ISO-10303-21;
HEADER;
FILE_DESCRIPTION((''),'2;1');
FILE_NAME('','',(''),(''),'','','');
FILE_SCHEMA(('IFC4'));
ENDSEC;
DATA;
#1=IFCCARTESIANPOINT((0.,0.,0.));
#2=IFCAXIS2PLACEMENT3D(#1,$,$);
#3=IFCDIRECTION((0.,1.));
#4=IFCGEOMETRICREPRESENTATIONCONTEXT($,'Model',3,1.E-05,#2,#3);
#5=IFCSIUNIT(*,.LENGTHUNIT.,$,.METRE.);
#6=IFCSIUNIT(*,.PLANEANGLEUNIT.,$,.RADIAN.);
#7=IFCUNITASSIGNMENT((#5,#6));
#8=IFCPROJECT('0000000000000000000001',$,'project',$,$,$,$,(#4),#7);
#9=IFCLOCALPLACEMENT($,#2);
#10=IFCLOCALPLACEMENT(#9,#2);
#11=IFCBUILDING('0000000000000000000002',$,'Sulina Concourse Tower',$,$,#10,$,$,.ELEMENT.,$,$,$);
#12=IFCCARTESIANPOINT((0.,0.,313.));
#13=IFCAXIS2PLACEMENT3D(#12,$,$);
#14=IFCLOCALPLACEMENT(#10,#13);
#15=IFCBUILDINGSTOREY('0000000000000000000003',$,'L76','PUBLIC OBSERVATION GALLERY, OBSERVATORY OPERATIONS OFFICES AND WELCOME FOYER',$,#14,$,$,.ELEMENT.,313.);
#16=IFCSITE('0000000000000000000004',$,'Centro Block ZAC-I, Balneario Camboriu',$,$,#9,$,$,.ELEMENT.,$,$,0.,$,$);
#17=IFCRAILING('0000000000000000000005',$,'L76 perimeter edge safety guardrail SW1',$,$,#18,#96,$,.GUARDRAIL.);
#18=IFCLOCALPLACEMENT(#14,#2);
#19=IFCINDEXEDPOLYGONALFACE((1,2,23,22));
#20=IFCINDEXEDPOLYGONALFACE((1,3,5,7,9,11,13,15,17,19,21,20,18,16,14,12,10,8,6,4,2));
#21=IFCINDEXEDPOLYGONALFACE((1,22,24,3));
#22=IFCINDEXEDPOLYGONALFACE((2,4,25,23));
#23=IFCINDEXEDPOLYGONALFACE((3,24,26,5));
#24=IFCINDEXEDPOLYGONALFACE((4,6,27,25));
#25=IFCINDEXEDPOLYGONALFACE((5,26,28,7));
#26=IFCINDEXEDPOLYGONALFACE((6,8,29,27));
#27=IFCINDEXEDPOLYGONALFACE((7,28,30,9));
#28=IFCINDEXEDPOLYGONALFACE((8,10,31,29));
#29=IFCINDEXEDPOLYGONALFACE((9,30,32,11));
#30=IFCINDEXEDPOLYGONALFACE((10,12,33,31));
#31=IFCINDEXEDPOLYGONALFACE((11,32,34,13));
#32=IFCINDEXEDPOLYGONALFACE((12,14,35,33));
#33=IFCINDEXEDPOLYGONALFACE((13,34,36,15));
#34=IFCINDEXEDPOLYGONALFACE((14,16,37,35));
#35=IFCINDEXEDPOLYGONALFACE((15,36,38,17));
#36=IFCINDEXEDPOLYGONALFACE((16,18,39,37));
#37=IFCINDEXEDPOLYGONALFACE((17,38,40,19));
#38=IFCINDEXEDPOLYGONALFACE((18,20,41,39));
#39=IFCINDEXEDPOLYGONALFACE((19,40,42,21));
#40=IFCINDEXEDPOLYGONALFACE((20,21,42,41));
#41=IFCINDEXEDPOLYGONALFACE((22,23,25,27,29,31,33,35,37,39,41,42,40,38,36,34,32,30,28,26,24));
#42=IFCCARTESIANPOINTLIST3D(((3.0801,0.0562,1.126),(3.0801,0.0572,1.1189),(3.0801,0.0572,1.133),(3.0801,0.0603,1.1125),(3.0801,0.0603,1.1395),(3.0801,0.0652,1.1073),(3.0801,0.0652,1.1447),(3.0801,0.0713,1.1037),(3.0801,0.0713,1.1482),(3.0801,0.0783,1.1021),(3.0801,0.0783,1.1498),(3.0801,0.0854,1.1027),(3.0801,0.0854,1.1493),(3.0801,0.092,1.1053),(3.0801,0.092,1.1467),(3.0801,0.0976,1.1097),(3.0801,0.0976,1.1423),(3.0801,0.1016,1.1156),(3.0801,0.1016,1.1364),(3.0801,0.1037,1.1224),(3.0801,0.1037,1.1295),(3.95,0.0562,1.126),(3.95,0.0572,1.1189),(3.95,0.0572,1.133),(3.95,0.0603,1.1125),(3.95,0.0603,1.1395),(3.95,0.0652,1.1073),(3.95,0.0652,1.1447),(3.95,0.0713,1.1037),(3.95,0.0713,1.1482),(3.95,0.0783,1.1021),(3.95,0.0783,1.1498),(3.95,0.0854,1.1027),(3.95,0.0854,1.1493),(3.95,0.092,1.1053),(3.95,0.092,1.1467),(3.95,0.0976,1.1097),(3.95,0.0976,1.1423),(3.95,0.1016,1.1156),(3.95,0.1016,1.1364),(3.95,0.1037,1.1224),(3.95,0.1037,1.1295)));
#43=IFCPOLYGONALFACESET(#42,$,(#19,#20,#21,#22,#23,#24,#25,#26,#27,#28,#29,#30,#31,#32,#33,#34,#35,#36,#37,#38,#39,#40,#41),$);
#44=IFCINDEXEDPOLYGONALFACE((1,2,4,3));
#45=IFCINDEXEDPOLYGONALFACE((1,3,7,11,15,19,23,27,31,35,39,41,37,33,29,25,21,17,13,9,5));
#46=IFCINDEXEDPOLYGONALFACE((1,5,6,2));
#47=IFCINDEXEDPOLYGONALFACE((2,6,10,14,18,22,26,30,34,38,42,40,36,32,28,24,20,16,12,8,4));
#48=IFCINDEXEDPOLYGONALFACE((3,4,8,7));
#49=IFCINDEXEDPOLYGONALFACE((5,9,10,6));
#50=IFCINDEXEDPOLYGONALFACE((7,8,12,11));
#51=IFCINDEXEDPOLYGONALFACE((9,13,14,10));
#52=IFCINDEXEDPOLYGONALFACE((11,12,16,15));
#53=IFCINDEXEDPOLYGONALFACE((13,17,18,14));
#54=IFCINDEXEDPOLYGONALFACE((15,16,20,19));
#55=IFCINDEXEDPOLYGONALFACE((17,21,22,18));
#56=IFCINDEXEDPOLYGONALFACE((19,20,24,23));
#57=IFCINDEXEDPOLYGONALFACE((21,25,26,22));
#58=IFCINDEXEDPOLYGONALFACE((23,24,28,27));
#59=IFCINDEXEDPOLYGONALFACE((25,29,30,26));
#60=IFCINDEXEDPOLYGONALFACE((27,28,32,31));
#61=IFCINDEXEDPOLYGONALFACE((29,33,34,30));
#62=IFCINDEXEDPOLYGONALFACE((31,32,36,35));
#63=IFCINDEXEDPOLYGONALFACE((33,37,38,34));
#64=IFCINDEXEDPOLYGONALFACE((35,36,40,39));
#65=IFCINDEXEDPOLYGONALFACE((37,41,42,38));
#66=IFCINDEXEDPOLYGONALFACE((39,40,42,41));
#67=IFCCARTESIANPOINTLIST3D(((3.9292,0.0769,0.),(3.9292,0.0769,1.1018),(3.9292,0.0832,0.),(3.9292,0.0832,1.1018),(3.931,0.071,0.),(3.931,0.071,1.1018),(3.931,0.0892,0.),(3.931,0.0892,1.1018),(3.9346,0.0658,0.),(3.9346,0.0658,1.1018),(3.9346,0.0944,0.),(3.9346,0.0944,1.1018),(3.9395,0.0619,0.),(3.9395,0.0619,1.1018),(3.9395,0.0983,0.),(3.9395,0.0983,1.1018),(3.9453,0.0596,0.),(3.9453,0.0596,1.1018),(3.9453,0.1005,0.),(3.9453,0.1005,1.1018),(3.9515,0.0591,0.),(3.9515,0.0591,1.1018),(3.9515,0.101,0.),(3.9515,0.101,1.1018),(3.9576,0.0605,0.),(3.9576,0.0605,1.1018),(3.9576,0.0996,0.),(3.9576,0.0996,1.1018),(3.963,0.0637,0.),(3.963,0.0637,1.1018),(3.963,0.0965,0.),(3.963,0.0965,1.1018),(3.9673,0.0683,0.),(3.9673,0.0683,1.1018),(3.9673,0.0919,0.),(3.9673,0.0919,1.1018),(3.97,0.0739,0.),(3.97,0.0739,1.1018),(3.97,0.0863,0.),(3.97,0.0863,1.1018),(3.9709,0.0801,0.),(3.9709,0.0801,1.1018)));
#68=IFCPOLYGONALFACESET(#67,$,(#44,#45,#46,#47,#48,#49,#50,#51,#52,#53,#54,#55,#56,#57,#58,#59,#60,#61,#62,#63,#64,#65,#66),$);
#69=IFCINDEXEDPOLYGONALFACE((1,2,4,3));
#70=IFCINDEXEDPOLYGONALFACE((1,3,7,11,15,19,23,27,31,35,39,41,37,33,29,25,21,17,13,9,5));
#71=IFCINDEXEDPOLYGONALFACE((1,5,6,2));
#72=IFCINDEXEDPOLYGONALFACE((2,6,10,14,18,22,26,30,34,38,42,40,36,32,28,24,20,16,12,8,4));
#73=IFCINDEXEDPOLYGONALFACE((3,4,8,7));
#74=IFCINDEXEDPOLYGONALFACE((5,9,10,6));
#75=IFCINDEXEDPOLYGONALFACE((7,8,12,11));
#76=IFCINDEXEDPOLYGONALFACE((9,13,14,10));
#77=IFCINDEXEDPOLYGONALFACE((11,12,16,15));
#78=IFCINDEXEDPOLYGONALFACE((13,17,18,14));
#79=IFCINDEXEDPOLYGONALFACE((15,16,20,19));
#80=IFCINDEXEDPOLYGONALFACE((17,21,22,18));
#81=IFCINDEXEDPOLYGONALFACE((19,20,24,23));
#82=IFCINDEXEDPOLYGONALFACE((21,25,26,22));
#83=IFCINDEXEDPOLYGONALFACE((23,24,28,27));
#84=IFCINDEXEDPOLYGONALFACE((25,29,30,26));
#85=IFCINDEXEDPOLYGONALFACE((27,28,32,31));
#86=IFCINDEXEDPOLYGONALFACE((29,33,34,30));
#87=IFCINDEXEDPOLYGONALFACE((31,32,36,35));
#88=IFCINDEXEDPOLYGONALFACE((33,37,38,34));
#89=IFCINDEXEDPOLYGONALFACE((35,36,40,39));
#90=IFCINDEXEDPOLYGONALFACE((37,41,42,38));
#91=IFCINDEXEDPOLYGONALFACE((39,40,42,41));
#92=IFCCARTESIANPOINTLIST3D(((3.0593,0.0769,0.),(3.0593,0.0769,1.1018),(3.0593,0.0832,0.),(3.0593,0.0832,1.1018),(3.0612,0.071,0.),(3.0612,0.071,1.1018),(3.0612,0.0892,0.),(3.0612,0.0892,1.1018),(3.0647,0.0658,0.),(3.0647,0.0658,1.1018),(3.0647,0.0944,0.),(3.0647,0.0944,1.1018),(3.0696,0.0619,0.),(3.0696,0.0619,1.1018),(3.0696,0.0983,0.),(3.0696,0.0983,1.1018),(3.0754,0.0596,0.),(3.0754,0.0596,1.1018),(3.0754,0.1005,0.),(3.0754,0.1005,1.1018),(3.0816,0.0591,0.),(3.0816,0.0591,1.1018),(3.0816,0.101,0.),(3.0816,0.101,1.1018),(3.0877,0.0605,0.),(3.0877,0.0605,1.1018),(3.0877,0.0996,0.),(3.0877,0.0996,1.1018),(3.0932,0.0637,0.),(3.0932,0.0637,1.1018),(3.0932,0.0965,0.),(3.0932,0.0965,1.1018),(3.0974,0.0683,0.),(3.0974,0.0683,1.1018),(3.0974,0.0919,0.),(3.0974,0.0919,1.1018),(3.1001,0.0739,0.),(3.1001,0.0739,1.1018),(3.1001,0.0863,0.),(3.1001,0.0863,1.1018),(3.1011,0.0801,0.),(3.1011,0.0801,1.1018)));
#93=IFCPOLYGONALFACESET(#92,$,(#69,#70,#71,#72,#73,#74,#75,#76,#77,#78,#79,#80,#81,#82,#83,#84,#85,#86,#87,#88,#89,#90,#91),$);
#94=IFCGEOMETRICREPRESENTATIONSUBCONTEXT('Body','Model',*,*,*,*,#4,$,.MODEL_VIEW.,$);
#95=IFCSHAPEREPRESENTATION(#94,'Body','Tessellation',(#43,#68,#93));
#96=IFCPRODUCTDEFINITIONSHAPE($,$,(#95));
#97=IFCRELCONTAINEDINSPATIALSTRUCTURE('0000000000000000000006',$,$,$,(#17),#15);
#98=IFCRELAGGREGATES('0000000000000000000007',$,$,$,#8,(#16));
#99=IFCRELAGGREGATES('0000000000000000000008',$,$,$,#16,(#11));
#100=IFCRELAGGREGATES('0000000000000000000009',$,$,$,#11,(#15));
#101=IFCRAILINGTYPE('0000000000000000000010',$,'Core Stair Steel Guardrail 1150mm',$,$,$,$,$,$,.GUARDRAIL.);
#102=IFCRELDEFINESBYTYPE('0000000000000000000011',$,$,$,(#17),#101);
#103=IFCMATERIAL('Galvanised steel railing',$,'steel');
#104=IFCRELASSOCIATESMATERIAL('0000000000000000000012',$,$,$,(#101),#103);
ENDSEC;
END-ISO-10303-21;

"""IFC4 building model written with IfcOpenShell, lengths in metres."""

from ifc_helpers import new_model, si_unit, direction, frame, origin, origin_2d, place, context, subcontext, project, spatial, circle, extrude, material, type_object, element, save


model = new_model("IFC4")

# Units and contexts
model_context = context("Model", 3, precision=1e-05, world=origin(), true_north=direction((0.0, 1.0)))
body_context = subcontext(model_context, "Body", "Model", "MODEL_VIEW")
ifc_project = project(units=[si_unit("LENGTHUNIT", "METRE"), si_unit("PLANEANGLEUNIT", "RADIAN")], contexts=[model_context])

# Site, building, storey
site_placement = place(None, origin())
site = spatial("IfcSite", under=ifc_project, at=site_placement, Name="Centro Block ZAC-I, Balneario Camboriu", CompositionType="ELEMENT", RefElevation=0.0)
building_placement = place(site_placement, origin())
building = spatial("IfcBuilding", under=site, at=building_placement, Name="Sulina Concourse Tower", CompositionType="ELEMENT")
storey_placement = place(building_placement, frame((0.0, 0.0, 313.0)))
storey = spatial("IfcBuildingStorey", under=building, at=storey_placement, Name="L76", Description="PUBLIC OBSERVATION GALLERY, OBSERVATORY OPERATIONS OFFICES AND WELCOME FOYER", CompositionType="ELEMENT", Elevation=313.0)

# Railing
ifc_material_1 = material(Name="Galvanised steel railing", Category="steel")
railing_type = type_object("IfcRailingType", Name="Core Stair Steel Guardrail 1150mm", PredefinedType="GUARDRAIL", material=ifc_material_1)
railing_1_placement = place(storey_placement, frame((3.95, 0.0801, 0.0)))
element("IfcRailing", 1, at=railing_1_placement, inside=storey, type_object=railing_type, Name="L76 perimeter edge safety guardrail SW1", PredefinedType="GUARDRAIL", context=body_context, shape_type="SweptSolid", body=[
    extrude(circle(Radius=0.0239, at=origin_2d()), frame((0.0, 0.0, 1.126), z_axis=(-1.0, 0.0, 0.0), x_axis=(0.0, -1.0, 0.0)), (0.0, 0.0, 1.0), 0.8699),
    extrude(circle(Radius=0.021, at=origin_2d()), origin(), (0.0, 0.0, 1.0), 1.1018),
    extrude(circle(Radius=0.021, at=origin_2d()), frame((-0.8699, 0.0, 0.0)), (0.0, 0.0, 1.0), 1.1018),
])

save(model, "model.ifc")
